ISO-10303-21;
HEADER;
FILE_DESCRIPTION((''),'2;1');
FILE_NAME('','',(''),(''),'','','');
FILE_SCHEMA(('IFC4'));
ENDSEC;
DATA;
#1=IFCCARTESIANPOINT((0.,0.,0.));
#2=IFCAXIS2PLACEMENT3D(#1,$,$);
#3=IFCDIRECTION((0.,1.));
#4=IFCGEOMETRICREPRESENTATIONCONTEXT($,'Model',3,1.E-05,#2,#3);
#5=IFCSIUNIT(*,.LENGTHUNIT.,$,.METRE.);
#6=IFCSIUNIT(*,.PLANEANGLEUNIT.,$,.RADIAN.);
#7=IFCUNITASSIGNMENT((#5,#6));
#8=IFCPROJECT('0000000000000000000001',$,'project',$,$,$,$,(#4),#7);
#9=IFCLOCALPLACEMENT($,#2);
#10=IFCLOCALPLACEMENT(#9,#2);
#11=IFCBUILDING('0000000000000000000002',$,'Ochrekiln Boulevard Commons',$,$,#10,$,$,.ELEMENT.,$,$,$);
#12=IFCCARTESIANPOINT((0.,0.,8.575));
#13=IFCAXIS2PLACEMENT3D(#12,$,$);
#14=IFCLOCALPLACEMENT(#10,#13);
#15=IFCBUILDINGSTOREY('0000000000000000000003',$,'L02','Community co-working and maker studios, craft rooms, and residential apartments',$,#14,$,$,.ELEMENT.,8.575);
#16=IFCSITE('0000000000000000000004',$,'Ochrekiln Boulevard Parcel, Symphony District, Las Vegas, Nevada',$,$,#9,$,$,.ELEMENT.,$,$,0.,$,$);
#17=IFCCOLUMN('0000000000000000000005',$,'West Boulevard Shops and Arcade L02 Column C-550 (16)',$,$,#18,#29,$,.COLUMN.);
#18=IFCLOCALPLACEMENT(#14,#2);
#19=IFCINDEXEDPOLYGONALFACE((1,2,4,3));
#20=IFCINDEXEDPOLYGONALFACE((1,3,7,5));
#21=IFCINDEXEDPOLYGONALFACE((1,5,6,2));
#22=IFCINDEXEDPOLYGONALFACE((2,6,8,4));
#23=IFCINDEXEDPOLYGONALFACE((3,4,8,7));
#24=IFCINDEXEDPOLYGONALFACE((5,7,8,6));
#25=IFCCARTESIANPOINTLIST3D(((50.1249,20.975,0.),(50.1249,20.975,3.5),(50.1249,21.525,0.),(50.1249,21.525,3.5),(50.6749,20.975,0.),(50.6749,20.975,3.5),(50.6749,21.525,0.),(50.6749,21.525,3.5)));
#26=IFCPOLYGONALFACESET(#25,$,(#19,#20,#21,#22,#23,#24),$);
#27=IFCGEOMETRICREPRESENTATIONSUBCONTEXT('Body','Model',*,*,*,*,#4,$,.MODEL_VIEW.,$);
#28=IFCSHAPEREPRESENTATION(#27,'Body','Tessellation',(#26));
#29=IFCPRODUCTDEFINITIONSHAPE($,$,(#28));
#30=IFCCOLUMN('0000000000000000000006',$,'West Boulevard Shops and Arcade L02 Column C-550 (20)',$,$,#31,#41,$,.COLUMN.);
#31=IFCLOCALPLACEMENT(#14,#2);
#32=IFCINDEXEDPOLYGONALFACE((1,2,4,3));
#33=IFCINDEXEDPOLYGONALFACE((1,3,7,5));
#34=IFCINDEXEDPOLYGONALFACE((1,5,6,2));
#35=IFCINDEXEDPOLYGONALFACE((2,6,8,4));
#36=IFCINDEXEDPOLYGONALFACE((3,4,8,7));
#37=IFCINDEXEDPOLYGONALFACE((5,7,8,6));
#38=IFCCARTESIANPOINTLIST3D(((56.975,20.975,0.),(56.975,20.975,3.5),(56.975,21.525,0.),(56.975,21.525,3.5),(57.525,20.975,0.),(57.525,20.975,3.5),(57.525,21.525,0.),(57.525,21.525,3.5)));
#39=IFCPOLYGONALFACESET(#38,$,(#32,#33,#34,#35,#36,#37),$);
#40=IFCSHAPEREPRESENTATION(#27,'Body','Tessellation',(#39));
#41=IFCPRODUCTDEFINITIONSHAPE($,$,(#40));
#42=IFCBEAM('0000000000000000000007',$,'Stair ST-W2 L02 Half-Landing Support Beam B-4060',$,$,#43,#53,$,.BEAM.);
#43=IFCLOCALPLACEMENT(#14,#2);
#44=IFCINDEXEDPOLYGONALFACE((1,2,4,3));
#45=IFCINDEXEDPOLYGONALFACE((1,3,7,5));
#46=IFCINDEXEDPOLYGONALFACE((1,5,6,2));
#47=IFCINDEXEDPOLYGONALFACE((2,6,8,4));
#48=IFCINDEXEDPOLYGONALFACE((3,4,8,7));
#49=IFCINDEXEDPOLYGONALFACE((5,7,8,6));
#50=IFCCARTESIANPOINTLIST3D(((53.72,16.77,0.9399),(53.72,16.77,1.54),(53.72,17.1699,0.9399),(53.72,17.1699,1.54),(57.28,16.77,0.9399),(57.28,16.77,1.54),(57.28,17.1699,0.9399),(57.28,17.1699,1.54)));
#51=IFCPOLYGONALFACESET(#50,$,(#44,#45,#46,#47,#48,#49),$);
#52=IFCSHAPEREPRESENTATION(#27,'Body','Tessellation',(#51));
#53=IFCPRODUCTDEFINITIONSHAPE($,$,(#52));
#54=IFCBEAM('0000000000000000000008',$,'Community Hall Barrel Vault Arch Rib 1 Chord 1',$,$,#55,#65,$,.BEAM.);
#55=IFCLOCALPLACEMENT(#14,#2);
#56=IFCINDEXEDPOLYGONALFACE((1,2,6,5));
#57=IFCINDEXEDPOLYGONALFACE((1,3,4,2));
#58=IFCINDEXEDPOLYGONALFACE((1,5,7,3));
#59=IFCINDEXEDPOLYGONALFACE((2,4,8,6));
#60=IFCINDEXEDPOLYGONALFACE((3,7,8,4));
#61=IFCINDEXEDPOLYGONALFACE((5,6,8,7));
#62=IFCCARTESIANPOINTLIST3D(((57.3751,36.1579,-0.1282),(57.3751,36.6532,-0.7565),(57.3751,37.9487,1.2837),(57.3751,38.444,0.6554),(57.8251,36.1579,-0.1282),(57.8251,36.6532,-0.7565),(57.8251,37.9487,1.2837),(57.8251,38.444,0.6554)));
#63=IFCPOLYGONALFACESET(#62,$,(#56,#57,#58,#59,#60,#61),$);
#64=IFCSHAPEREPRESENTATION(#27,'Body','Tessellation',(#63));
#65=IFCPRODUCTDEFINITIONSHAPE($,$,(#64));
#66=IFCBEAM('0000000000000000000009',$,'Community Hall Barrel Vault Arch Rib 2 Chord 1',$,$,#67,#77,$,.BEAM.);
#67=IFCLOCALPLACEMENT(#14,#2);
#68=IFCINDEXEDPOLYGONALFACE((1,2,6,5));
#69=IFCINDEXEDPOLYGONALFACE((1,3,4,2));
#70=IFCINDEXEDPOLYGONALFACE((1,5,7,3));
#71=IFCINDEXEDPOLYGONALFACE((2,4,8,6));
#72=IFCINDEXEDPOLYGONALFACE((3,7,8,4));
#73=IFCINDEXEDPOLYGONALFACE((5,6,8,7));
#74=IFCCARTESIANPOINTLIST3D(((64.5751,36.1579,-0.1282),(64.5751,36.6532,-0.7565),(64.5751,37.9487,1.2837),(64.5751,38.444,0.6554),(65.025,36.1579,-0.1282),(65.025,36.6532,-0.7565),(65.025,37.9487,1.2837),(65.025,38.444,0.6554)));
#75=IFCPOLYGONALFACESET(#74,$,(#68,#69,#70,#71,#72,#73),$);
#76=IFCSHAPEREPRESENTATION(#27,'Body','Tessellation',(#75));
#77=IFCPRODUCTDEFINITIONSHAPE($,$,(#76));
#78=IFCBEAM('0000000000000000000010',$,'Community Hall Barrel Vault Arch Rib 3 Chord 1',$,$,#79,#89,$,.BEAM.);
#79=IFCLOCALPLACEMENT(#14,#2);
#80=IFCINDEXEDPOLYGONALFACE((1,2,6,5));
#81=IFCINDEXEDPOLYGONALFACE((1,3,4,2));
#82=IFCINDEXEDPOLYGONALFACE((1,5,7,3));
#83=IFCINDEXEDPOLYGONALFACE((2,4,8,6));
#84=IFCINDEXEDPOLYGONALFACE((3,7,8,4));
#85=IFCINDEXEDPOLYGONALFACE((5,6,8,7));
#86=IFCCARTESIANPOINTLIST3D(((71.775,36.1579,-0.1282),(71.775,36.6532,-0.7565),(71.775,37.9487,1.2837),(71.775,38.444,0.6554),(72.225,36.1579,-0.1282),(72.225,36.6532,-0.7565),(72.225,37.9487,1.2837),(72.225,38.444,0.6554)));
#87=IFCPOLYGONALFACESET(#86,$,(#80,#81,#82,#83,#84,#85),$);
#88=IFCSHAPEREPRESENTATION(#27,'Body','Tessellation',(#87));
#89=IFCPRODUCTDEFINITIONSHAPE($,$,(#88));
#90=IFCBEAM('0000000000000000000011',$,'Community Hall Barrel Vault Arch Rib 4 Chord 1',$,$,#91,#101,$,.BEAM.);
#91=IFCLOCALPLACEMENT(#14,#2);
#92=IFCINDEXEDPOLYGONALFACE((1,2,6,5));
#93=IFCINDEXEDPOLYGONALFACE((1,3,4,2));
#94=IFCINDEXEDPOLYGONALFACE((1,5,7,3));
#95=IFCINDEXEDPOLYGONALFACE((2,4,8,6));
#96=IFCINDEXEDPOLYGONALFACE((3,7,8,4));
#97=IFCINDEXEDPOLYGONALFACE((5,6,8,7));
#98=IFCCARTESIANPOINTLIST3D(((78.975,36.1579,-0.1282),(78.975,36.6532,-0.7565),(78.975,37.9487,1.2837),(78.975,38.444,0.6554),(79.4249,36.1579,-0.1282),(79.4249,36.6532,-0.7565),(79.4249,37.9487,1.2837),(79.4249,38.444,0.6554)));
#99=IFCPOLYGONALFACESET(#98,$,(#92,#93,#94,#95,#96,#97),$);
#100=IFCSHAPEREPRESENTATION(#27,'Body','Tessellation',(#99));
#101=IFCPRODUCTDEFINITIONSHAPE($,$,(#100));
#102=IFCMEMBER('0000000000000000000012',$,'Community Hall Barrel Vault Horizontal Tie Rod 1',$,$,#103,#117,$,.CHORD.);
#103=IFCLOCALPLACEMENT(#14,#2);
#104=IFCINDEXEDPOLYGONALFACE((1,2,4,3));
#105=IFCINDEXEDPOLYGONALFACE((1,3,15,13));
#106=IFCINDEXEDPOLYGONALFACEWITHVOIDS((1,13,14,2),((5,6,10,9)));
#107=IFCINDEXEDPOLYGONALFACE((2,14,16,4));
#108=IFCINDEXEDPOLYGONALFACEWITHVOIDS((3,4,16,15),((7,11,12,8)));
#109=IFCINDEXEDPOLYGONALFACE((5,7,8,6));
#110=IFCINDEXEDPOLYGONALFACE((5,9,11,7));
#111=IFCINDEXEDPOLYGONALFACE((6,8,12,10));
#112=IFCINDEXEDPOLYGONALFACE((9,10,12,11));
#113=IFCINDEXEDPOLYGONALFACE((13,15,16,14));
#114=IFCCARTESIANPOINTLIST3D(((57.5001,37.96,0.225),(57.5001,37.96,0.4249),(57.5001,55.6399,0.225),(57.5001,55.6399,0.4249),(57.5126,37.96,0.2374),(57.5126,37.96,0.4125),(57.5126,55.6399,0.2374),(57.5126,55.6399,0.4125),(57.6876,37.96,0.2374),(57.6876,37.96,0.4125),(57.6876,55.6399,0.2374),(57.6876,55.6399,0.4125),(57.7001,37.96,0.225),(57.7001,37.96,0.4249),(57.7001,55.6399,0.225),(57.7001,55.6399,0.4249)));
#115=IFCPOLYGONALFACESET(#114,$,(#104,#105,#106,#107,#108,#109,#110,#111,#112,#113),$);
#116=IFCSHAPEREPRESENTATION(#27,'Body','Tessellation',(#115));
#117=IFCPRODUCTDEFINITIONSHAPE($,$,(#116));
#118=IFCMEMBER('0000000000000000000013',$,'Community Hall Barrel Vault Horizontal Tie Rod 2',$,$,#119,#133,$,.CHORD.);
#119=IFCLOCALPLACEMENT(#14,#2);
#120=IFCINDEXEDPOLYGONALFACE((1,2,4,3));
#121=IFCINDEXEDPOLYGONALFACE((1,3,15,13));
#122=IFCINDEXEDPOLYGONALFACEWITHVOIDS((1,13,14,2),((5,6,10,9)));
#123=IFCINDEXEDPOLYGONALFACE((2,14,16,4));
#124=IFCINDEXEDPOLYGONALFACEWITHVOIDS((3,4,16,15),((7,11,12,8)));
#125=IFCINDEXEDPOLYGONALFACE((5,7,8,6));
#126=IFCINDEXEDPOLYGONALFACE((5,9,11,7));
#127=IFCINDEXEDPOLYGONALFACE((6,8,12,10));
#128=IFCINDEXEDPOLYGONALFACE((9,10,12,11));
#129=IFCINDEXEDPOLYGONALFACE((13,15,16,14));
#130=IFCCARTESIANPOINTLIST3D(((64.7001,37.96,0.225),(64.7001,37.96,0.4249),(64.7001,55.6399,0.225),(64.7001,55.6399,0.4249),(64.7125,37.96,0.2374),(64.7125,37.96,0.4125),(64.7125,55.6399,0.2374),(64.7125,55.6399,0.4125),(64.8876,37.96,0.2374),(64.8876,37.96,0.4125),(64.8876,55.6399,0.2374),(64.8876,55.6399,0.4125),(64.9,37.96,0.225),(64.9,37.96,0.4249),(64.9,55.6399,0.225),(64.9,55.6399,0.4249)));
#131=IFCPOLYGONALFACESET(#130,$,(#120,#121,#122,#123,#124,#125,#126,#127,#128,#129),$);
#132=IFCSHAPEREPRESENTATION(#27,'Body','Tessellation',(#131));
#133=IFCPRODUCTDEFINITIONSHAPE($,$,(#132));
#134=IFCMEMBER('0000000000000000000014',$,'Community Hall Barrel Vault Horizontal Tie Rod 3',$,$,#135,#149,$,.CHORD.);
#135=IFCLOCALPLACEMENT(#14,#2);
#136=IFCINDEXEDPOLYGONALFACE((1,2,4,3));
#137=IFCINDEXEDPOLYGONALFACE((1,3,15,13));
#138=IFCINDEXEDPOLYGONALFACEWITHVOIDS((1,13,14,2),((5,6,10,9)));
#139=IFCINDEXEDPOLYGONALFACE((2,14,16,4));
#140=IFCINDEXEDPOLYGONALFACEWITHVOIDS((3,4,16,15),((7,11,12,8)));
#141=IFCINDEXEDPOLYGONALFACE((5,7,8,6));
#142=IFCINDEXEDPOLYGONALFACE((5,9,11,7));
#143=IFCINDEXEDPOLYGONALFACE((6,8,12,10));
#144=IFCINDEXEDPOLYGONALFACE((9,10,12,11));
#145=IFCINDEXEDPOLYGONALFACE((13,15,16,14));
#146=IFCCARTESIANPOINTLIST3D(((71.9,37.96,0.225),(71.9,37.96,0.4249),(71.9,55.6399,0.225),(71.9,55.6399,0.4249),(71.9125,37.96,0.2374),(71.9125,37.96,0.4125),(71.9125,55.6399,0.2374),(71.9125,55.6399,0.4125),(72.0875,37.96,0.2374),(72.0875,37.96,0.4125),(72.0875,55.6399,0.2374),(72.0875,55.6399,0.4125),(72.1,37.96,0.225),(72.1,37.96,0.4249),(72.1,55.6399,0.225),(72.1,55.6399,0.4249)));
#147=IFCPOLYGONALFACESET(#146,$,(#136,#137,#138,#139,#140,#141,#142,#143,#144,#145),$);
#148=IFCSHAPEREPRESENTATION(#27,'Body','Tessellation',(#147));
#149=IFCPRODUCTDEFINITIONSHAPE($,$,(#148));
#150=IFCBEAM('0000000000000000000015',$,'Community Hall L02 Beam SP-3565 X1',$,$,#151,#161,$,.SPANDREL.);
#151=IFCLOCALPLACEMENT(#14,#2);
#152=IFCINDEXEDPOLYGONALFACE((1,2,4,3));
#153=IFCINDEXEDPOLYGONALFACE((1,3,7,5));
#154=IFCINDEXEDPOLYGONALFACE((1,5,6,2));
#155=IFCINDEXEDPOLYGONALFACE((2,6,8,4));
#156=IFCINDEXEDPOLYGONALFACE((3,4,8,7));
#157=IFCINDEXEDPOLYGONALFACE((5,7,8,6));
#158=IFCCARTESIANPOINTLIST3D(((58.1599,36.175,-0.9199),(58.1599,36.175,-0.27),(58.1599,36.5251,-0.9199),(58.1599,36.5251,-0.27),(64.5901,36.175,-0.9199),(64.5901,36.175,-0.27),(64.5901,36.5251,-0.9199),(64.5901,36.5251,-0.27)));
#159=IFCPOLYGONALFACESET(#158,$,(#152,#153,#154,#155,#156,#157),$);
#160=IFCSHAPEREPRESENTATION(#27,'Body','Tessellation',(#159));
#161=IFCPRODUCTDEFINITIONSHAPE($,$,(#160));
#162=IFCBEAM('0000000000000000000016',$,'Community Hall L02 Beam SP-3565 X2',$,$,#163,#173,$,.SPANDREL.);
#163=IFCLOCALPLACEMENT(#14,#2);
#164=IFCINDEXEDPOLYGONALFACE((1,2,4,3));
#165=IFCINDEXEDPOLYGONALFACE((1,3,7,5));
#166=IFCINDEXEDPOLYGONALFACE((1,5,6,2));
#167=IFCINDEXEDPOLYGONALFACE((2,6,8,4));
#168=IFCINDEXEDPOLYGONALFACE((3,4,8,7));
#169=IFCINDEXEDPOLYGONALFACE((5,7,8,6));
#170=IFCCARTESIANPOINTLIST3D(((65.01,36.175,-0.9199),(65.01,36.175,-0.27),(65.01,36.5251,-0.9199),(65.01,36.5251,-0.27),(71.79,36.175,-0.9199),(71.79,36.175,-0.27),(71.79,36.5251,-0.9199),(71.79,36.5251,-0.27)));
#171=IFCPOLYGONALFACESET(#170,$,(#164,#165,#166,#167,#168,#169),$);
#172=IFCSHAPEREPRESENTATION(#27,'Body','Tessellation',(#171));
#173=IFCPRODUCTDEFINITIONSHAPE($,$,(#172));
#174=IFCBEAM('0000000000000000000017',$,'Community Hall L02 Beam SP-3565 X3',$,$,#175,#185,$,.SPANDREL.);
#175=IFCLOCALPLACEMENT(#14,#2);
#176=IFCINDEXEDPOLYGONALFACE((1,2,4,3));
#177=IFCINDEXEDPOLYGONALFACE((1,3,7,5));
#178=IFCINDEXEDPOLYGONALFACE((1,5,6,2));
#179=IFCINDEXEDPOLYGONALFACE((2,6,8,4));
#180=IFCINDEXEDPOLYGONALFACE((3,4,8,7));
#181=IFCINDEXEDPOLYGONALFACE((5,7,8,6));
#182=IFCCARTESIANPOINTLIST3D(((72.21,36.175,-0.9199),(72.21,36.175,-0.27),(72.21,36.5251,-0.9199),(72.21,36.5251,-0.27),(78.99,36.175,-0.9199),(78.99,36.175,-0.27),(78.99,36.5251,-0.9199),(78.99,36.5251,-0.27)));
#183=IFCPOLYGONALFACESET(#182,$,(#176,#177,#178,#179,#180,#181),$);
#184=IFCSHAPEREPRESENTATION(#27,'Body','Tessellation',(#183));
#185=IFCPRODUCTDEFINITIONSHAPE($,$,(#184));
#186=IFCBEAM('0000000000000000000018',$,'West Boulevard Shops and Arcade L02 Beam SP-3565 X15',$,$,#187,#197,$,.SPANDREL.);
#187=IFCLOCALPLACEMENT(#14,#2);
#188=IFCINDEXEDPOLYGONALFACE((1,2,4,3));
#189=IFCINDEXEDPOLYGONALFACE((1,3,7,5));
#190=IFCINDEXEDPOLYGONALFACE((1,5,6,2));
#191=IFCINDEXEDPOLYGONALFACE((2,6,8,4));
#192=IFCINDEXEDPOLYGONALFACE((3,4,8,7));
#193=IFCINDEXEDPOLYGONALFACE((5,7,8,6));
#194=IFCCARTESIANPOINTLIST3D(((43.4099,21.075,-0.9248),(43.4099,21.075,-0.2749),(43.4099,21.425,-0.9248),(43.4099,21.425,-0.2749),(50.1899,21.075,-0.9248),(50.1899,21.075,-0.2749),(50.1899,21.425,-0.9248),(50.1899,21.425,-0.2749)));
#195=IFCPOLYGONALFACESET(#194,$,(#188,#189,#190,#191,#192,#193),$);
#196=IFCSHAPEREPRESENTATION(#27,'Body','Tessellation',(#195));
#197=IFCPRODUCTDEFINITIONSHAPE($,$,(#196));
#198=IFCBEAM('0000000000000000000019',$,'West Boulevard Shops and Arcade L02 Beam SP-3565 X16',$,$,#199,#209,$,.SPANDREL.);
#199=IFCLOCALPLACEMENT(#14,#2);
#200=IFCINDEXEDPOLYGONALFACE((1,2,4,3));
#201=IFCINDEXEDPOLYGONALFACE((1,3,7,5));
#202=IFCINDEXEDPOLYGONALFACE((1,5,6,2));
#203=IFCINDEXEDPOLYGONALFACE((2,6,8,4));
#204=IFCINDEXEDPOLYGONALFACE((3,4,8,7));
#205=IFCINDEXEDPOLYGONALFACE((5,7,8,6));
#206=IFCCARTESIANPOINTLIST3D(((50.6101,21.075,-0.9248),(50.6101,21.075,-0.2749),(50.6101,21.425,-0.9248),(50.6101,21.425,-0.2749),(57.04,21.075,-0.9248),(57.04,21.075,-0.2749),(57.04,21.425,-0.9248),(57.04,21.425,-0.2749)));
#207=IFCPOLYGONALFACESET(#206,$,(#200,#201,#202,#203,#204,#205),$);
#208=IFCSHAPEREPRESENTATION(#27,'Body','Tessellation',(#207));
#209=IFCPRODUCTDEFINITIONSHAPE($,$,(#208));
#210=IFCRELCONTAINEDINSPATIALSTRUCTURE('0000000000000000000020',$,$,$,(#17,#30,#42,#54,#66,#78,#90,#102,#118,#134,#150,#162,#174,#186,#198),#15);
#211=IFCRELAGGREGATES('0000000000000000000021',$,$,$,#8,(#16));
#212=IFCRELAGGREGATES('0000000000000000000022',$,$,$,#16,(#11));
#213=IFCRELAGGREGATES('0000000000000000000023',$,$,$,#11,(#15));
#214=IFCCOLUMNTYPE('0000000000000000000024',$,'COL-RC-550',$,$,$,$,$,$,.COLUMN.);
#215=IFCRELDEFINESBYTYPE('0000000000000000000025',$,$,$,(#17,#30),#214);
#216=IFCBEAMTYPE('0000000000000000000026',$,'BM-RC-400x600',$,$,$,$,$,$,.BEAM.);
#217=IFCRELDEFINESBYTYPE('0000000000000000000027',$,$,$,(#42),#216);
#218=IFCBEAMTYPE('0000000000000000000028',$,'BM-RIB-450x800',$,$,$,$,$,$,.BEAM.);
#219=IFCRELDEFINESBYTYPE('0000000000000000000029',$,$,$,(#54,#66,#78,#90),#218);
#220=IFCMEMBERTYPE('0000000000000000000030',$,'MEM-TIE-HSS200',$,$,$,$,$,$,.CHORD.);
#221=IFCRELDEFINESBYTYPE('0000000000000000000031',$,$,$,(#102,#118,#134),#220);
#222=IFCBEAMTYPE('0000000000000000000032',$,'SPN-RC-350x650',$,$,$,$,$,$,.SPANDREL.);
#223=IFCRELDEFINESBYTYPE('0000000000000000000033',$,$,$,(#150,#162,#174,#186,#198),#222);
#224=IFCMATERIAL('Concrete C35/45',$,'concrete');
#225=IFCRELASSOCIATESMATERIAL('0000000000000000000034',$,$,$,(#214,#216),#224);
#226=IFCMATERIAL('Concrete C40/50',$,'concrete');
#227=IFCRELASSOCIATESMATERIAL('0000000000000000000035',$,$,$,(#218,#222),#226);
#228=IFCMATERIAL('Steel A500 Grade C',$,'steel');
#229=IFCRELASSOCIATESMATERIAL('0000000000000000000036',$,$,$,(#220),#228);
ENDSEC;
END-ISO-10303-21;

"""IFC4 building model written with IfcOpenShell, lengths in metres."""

from ifc_helpers import new_model, si_unit, direction, frame, origin, origin_2d, place, context, subcontext, project, spatial, rectangle, hollow_rectangle, extrude, material, material_profile, profile_set, type_object, element, save


model = new_model("IFC4")

# Units and contexts
model_context = context("Model", 3, precision=1e-05, world=origin(), true_north=direction((0.0, 1.0)))
body_context = subcontext(model_context, "Body", "Model", "MODEL_VIEW")
ifc_project = project(units=[si_unit("LENGTHUNIT", "METRE"), si_unit("PLANEANGLEUNIT", "RADIAN")], contexts=[model_context])

# Site, building, storey
site_placement = place(None, origin())
site = spatial("IfcSite", under=ifc_project, at=site_placement, Name="Ochrekiln Boulevard Parcel, Symphony District, Las Vegas, Nevada", CompositionType="ELEMENT", RefElevation=0.0)
building_placement = place(site_placement, origin())
building = spatial("IfcBuilding", under=site, at=building_placement, Name="Ochrekiln Boulevard Commons", CompositionType="ELEMENT")
storey_placement = place(building_placement, frame((0.0, 0.0, 8.575)))
storey = spatial("IfcBuildingStorey", under=building, at=storey_placement, Name="L02", Description="Community co-working and maker studios, craft rooms, and residential apartments", CompositionType="ELEMENT", Elevation=8.575)

# Columns
ifc_material_1 = material(Name="Concrete C35/45", Category="concrete")
ifc_material_profile_1 = material_profile(ifc_material_1, rectangle(XDim=0.55, YDim=0.55, at=origin_2d()), Name="RC-COL-550x550")
ifc_profile_set_1 = profile_set([ifc_material_profile_1], Name="Concrete C35/45")
column_type = type_object("IfcColumnType", Name="COL-RC-550", PredefinedType="COLUMN", material=ifc_profile_set_1)
for number, where, z_axis, x_axis, name in (
    (1, (50.3999, 21.25, 0.0), (0.0, 0.0, 1.0), (1.0, 0.0, 0.0), "West Boulevard Shops and Arcade L02 Column C-550 (16)"),
    (2, (57.25, 21.25, 0.0), (0.0, 0.0, 1.0), (1.0, 0.0, 0.0), "West Boulevard Shops and Arcade L02 Column C-550 (20)"),
):
    element("IfcColumn", number, at=place(storey_placement, frame(where, z_axis=z_axis, x_axis=x_axis)), inside=storey, type_object=column_type, Name=name, PredefinedType="COLUMN", context=body_context, shape_type="SweptSolid", body=[
        extrude(rectangle(XDim=0.55, YDim=0.55, at=origin_2d()), origin(), (0.0, 0.0, 1.0), 3.5),
    ])

# Beams
ifc_material_profile_2 = material_profile(ifc_material_1, rectangle(XDim=0.3999, YDim=0.6001, at=origin_2d()), Name="RC-BM-400x600")
ifc_profile_set_2 = profile_set([ifc_material_profile_2], Name="Concrete C35/45")
beam_type_1 = type_object("IfcBeamType", Name="BM-RC-400x600", PredefinedType="BEAM", material=ifc_profile_set_2)
beam_1_placement = place(storey_placement, frame((53.72, 16.97, 1.24), z_axis=(1.0, 0.0, 0.0), x_axis=(0.0, 1.0, 0.0)))
element("IfcBeam", 3, at=beam_1_placement, inside=storey, type_object=beam_type_1, Name="Stair ST-W2 L02 Half-Landing Support Beam B-4060", PredefinedType="BEAM", context=body_context, shape_type="SweptSolid", body=[
    extrude(rectangle(XDim=0.3999, YDim=0.6001, at=origin_2d()), origin(), (0.0, 0.0, 1.0), 3.5601),
])
ifc_material_2 = material(Name="Concrete C40/50", Category="concrete")
ifc_material_profile_3 = material_profile(ifc_material_2, rectangle(XDim=0.45, YDim=0.8, at=origin_2d()), Name="RC-RIB-450x800")
ifc_profile_set_3 = profile_set([ifc_material_profile_3], Name="Concrete C40/50")
beam_type_2 = type_object("IfcBeamType", Name="BM-RIB-450x800", PredefinedType="BEAM", material=ifc_profile_set_3)
for number, where, z_axis, x_axis, name in (
    (4, (57.6001, 36.4055, -0.4424), (0.0, 0.785288, 0.61913), (-1.0, 0.0, 0.0), "Community Hall Barrel Vault Arch Rib 1 Chord 1"),
    (5, (64.8, 36.4055, -0.4424), (0.0, 0.785288, 0.61913), (-1.0, 0.0, 0.0), "Community Hall Barrel Vault Arch Rib 2 Chord 1"),
    (6, (72.0, 36.4055, -0.4424), (0.0, 0.785288, 0.61913), (-1.0, 0.0, 0.0), "Community Hall Barrel Vault Arch Rib 3 Chord 1"),
    (7, (79.2, 36.4055, -0.4424), (0.0, 0.785288, 0.61913), (-1.0, 0.0, 0.0), "Community Hall Barrel Vault Arch Rib 4 Chord 1"),
):
    element("IfcBeam", number, at=place(storey_placement, frame(where, z_axis=z_axis, x_axis=x_axis)), inside=storey, type_object=beam_type_2, Name=name, PredefinedType="BEAM", context=body_context, shape_type="SweptSolid", body=[
        extrude(rectangle(XDim=0.45, YDim=0.8, at=origin_2d()), origin(), (0.0, 0.0, 1.0), 2.2805),
    ])

# Members
ifc_material_3 = material(Name="Steel A500 Grade C", Category="steel")
ifc_material_profile_4 = material_profile(ifc_material_3, hollow_rectangle(XDim=0.2, YDim=0.2, WallThickness=0.0125, at=origin_2d()), Name="HSS200X200X12.5")
ifc_profile_set_4 = profile_set([ifc_material_profile_4], Name="Steel A500 Grade C")
member_type = type_object("IfcMemberType", Name="MEM-TIE-HSS200", PredefinedType="CHORD", material=ifc_profile_set_4)
for number, where, z_axis, x_axis, name in (
    (8, (57.6001, 37.96, 0.325), (0.0, 1.0, 0.0), (-1.0, 0.0, 0.0), "Community Hall Barrel Vault Horizontal Tie Rod 1"),
    (9, (64.8, 37.96, 0.325), (0.0, 1.0, 0.0), (-1.0, 0.0, 0.0), "Community Hall Barrel Vault Horizontal Tie Rod 2"),
    (10, (72.0, 37.96, 0.325), (0.0, 1.0, 0.0), (-1.0, 0.0, 0.0), "Community Hall Barrel Vault Horizontal Tie Rod 3"),
):
    element("IfcMember", number, at=place(storey_placement, frame(where, z_axis=z_axis, x_axis=x_axis)), inside=storey, type_object=member_type, Name=name, PredefinedType="CHORD", context=body_context, shape_type="SweptSolid", body=[
        extrude(hollow_rectangle(XDim=0.2, YDim=0.2, WallThickness=0.0125, at=origin_2d()), origin(), (0.0, 0.0, 1.0), 17.6799),
    ])

# Beams
ifc_material_profile_5 = material_profile(ifc_material_2, rectangle(XDim=0.3501, YDim=0.6499, at=origin_2d()), Name="RC-SPN-350x650")
ifc_profile_set_5 = profile_set([ifc_material_profile_5], Name="Concrete C40/50")
beam_type_3 = type_object("IfcBeamType", Name="SPN-RC-350x650", PredefinedType="SPANDREL", material=ifc_profile_set_5)
beam_2_placement = place(storey_placement, frame((58.1599, 36.3501, -0.595), z_axis=(1.0, 0.0, 0.0), x_axis=(0.0, 1.0, 0.0)))
element("IfcBeam", 11, at=beam_2_placement, inside=storey, type_object=beam_type_3, Name="Community Hall L02 Beam SP-3565 X1", PredefinedType="SPANDREL", context=body_context, shape_type="SweptSolid", body=[
    extrude(rectangle(XDim=0.3501, YDim=0.6499, at=origin_2d()), origin(), (0.0, 0.0, 1.0), 6.4302),
])
for number, where, z_axis, x_axis, name in (
    (12, (65.01, 36.3501, -0.595), (1.0, 0.0, 0.0), (0.0, 1.0, 0.0), "Community Hall L02 Beam SP-3565 X2"),
    (13, (72.21, 36.3501, -0.595), (1.0, 0.0, 0.0), (0.0, 1.0, 0.0), "Community Hall L02 Beam SP-3565 X3"),
    (14, (43.4099, 21.25, -0.5999), (1.0, 0.0, 0.0), (0.0, 1.0, 0.0), "West Boulevard Shops and Arcade L02 Beam SP-3565 X15"),
):
    element("IfcBeam", number, at=place(storey_placement, frame(where, z_axis=z_axis, x_axis=x_axis)), inside=storey, type_object=beam_type_3, Name=name, PredefinedType="SPANDREL", context=body_context, shape_type="SweptSolid", body=[
        extrude(rectangle(XDim=0.3501, YDim=0.6499, at=origin_2d()), origin(), (0.0, 0.0, 1.0), 6.78),
    ])
beam_3_placement = place(storey_placement, frame((50.6101, 21.25, -0.5999), z_axis=(1.0, 0.0, 0.0), x_axis=(0.0, 1.0, 0.0)))
element("IfcBeam", 15, at=beam_3_placement, inside=storey, type_object=beam_type_3, Name="West Boulevard Shops and Arcade L02 Beam SP-3565 X16", PredefinedType="SPANDREL", context=body_context, shape_type="SweptSolid", body=[
    extrude(rectangle(XDim=0.3501, YDim=0.6499, at=origin_2d()), origin(), (0.0, 0.0, 1.0), 6.4299),
])

save(model, "model.ifc")
